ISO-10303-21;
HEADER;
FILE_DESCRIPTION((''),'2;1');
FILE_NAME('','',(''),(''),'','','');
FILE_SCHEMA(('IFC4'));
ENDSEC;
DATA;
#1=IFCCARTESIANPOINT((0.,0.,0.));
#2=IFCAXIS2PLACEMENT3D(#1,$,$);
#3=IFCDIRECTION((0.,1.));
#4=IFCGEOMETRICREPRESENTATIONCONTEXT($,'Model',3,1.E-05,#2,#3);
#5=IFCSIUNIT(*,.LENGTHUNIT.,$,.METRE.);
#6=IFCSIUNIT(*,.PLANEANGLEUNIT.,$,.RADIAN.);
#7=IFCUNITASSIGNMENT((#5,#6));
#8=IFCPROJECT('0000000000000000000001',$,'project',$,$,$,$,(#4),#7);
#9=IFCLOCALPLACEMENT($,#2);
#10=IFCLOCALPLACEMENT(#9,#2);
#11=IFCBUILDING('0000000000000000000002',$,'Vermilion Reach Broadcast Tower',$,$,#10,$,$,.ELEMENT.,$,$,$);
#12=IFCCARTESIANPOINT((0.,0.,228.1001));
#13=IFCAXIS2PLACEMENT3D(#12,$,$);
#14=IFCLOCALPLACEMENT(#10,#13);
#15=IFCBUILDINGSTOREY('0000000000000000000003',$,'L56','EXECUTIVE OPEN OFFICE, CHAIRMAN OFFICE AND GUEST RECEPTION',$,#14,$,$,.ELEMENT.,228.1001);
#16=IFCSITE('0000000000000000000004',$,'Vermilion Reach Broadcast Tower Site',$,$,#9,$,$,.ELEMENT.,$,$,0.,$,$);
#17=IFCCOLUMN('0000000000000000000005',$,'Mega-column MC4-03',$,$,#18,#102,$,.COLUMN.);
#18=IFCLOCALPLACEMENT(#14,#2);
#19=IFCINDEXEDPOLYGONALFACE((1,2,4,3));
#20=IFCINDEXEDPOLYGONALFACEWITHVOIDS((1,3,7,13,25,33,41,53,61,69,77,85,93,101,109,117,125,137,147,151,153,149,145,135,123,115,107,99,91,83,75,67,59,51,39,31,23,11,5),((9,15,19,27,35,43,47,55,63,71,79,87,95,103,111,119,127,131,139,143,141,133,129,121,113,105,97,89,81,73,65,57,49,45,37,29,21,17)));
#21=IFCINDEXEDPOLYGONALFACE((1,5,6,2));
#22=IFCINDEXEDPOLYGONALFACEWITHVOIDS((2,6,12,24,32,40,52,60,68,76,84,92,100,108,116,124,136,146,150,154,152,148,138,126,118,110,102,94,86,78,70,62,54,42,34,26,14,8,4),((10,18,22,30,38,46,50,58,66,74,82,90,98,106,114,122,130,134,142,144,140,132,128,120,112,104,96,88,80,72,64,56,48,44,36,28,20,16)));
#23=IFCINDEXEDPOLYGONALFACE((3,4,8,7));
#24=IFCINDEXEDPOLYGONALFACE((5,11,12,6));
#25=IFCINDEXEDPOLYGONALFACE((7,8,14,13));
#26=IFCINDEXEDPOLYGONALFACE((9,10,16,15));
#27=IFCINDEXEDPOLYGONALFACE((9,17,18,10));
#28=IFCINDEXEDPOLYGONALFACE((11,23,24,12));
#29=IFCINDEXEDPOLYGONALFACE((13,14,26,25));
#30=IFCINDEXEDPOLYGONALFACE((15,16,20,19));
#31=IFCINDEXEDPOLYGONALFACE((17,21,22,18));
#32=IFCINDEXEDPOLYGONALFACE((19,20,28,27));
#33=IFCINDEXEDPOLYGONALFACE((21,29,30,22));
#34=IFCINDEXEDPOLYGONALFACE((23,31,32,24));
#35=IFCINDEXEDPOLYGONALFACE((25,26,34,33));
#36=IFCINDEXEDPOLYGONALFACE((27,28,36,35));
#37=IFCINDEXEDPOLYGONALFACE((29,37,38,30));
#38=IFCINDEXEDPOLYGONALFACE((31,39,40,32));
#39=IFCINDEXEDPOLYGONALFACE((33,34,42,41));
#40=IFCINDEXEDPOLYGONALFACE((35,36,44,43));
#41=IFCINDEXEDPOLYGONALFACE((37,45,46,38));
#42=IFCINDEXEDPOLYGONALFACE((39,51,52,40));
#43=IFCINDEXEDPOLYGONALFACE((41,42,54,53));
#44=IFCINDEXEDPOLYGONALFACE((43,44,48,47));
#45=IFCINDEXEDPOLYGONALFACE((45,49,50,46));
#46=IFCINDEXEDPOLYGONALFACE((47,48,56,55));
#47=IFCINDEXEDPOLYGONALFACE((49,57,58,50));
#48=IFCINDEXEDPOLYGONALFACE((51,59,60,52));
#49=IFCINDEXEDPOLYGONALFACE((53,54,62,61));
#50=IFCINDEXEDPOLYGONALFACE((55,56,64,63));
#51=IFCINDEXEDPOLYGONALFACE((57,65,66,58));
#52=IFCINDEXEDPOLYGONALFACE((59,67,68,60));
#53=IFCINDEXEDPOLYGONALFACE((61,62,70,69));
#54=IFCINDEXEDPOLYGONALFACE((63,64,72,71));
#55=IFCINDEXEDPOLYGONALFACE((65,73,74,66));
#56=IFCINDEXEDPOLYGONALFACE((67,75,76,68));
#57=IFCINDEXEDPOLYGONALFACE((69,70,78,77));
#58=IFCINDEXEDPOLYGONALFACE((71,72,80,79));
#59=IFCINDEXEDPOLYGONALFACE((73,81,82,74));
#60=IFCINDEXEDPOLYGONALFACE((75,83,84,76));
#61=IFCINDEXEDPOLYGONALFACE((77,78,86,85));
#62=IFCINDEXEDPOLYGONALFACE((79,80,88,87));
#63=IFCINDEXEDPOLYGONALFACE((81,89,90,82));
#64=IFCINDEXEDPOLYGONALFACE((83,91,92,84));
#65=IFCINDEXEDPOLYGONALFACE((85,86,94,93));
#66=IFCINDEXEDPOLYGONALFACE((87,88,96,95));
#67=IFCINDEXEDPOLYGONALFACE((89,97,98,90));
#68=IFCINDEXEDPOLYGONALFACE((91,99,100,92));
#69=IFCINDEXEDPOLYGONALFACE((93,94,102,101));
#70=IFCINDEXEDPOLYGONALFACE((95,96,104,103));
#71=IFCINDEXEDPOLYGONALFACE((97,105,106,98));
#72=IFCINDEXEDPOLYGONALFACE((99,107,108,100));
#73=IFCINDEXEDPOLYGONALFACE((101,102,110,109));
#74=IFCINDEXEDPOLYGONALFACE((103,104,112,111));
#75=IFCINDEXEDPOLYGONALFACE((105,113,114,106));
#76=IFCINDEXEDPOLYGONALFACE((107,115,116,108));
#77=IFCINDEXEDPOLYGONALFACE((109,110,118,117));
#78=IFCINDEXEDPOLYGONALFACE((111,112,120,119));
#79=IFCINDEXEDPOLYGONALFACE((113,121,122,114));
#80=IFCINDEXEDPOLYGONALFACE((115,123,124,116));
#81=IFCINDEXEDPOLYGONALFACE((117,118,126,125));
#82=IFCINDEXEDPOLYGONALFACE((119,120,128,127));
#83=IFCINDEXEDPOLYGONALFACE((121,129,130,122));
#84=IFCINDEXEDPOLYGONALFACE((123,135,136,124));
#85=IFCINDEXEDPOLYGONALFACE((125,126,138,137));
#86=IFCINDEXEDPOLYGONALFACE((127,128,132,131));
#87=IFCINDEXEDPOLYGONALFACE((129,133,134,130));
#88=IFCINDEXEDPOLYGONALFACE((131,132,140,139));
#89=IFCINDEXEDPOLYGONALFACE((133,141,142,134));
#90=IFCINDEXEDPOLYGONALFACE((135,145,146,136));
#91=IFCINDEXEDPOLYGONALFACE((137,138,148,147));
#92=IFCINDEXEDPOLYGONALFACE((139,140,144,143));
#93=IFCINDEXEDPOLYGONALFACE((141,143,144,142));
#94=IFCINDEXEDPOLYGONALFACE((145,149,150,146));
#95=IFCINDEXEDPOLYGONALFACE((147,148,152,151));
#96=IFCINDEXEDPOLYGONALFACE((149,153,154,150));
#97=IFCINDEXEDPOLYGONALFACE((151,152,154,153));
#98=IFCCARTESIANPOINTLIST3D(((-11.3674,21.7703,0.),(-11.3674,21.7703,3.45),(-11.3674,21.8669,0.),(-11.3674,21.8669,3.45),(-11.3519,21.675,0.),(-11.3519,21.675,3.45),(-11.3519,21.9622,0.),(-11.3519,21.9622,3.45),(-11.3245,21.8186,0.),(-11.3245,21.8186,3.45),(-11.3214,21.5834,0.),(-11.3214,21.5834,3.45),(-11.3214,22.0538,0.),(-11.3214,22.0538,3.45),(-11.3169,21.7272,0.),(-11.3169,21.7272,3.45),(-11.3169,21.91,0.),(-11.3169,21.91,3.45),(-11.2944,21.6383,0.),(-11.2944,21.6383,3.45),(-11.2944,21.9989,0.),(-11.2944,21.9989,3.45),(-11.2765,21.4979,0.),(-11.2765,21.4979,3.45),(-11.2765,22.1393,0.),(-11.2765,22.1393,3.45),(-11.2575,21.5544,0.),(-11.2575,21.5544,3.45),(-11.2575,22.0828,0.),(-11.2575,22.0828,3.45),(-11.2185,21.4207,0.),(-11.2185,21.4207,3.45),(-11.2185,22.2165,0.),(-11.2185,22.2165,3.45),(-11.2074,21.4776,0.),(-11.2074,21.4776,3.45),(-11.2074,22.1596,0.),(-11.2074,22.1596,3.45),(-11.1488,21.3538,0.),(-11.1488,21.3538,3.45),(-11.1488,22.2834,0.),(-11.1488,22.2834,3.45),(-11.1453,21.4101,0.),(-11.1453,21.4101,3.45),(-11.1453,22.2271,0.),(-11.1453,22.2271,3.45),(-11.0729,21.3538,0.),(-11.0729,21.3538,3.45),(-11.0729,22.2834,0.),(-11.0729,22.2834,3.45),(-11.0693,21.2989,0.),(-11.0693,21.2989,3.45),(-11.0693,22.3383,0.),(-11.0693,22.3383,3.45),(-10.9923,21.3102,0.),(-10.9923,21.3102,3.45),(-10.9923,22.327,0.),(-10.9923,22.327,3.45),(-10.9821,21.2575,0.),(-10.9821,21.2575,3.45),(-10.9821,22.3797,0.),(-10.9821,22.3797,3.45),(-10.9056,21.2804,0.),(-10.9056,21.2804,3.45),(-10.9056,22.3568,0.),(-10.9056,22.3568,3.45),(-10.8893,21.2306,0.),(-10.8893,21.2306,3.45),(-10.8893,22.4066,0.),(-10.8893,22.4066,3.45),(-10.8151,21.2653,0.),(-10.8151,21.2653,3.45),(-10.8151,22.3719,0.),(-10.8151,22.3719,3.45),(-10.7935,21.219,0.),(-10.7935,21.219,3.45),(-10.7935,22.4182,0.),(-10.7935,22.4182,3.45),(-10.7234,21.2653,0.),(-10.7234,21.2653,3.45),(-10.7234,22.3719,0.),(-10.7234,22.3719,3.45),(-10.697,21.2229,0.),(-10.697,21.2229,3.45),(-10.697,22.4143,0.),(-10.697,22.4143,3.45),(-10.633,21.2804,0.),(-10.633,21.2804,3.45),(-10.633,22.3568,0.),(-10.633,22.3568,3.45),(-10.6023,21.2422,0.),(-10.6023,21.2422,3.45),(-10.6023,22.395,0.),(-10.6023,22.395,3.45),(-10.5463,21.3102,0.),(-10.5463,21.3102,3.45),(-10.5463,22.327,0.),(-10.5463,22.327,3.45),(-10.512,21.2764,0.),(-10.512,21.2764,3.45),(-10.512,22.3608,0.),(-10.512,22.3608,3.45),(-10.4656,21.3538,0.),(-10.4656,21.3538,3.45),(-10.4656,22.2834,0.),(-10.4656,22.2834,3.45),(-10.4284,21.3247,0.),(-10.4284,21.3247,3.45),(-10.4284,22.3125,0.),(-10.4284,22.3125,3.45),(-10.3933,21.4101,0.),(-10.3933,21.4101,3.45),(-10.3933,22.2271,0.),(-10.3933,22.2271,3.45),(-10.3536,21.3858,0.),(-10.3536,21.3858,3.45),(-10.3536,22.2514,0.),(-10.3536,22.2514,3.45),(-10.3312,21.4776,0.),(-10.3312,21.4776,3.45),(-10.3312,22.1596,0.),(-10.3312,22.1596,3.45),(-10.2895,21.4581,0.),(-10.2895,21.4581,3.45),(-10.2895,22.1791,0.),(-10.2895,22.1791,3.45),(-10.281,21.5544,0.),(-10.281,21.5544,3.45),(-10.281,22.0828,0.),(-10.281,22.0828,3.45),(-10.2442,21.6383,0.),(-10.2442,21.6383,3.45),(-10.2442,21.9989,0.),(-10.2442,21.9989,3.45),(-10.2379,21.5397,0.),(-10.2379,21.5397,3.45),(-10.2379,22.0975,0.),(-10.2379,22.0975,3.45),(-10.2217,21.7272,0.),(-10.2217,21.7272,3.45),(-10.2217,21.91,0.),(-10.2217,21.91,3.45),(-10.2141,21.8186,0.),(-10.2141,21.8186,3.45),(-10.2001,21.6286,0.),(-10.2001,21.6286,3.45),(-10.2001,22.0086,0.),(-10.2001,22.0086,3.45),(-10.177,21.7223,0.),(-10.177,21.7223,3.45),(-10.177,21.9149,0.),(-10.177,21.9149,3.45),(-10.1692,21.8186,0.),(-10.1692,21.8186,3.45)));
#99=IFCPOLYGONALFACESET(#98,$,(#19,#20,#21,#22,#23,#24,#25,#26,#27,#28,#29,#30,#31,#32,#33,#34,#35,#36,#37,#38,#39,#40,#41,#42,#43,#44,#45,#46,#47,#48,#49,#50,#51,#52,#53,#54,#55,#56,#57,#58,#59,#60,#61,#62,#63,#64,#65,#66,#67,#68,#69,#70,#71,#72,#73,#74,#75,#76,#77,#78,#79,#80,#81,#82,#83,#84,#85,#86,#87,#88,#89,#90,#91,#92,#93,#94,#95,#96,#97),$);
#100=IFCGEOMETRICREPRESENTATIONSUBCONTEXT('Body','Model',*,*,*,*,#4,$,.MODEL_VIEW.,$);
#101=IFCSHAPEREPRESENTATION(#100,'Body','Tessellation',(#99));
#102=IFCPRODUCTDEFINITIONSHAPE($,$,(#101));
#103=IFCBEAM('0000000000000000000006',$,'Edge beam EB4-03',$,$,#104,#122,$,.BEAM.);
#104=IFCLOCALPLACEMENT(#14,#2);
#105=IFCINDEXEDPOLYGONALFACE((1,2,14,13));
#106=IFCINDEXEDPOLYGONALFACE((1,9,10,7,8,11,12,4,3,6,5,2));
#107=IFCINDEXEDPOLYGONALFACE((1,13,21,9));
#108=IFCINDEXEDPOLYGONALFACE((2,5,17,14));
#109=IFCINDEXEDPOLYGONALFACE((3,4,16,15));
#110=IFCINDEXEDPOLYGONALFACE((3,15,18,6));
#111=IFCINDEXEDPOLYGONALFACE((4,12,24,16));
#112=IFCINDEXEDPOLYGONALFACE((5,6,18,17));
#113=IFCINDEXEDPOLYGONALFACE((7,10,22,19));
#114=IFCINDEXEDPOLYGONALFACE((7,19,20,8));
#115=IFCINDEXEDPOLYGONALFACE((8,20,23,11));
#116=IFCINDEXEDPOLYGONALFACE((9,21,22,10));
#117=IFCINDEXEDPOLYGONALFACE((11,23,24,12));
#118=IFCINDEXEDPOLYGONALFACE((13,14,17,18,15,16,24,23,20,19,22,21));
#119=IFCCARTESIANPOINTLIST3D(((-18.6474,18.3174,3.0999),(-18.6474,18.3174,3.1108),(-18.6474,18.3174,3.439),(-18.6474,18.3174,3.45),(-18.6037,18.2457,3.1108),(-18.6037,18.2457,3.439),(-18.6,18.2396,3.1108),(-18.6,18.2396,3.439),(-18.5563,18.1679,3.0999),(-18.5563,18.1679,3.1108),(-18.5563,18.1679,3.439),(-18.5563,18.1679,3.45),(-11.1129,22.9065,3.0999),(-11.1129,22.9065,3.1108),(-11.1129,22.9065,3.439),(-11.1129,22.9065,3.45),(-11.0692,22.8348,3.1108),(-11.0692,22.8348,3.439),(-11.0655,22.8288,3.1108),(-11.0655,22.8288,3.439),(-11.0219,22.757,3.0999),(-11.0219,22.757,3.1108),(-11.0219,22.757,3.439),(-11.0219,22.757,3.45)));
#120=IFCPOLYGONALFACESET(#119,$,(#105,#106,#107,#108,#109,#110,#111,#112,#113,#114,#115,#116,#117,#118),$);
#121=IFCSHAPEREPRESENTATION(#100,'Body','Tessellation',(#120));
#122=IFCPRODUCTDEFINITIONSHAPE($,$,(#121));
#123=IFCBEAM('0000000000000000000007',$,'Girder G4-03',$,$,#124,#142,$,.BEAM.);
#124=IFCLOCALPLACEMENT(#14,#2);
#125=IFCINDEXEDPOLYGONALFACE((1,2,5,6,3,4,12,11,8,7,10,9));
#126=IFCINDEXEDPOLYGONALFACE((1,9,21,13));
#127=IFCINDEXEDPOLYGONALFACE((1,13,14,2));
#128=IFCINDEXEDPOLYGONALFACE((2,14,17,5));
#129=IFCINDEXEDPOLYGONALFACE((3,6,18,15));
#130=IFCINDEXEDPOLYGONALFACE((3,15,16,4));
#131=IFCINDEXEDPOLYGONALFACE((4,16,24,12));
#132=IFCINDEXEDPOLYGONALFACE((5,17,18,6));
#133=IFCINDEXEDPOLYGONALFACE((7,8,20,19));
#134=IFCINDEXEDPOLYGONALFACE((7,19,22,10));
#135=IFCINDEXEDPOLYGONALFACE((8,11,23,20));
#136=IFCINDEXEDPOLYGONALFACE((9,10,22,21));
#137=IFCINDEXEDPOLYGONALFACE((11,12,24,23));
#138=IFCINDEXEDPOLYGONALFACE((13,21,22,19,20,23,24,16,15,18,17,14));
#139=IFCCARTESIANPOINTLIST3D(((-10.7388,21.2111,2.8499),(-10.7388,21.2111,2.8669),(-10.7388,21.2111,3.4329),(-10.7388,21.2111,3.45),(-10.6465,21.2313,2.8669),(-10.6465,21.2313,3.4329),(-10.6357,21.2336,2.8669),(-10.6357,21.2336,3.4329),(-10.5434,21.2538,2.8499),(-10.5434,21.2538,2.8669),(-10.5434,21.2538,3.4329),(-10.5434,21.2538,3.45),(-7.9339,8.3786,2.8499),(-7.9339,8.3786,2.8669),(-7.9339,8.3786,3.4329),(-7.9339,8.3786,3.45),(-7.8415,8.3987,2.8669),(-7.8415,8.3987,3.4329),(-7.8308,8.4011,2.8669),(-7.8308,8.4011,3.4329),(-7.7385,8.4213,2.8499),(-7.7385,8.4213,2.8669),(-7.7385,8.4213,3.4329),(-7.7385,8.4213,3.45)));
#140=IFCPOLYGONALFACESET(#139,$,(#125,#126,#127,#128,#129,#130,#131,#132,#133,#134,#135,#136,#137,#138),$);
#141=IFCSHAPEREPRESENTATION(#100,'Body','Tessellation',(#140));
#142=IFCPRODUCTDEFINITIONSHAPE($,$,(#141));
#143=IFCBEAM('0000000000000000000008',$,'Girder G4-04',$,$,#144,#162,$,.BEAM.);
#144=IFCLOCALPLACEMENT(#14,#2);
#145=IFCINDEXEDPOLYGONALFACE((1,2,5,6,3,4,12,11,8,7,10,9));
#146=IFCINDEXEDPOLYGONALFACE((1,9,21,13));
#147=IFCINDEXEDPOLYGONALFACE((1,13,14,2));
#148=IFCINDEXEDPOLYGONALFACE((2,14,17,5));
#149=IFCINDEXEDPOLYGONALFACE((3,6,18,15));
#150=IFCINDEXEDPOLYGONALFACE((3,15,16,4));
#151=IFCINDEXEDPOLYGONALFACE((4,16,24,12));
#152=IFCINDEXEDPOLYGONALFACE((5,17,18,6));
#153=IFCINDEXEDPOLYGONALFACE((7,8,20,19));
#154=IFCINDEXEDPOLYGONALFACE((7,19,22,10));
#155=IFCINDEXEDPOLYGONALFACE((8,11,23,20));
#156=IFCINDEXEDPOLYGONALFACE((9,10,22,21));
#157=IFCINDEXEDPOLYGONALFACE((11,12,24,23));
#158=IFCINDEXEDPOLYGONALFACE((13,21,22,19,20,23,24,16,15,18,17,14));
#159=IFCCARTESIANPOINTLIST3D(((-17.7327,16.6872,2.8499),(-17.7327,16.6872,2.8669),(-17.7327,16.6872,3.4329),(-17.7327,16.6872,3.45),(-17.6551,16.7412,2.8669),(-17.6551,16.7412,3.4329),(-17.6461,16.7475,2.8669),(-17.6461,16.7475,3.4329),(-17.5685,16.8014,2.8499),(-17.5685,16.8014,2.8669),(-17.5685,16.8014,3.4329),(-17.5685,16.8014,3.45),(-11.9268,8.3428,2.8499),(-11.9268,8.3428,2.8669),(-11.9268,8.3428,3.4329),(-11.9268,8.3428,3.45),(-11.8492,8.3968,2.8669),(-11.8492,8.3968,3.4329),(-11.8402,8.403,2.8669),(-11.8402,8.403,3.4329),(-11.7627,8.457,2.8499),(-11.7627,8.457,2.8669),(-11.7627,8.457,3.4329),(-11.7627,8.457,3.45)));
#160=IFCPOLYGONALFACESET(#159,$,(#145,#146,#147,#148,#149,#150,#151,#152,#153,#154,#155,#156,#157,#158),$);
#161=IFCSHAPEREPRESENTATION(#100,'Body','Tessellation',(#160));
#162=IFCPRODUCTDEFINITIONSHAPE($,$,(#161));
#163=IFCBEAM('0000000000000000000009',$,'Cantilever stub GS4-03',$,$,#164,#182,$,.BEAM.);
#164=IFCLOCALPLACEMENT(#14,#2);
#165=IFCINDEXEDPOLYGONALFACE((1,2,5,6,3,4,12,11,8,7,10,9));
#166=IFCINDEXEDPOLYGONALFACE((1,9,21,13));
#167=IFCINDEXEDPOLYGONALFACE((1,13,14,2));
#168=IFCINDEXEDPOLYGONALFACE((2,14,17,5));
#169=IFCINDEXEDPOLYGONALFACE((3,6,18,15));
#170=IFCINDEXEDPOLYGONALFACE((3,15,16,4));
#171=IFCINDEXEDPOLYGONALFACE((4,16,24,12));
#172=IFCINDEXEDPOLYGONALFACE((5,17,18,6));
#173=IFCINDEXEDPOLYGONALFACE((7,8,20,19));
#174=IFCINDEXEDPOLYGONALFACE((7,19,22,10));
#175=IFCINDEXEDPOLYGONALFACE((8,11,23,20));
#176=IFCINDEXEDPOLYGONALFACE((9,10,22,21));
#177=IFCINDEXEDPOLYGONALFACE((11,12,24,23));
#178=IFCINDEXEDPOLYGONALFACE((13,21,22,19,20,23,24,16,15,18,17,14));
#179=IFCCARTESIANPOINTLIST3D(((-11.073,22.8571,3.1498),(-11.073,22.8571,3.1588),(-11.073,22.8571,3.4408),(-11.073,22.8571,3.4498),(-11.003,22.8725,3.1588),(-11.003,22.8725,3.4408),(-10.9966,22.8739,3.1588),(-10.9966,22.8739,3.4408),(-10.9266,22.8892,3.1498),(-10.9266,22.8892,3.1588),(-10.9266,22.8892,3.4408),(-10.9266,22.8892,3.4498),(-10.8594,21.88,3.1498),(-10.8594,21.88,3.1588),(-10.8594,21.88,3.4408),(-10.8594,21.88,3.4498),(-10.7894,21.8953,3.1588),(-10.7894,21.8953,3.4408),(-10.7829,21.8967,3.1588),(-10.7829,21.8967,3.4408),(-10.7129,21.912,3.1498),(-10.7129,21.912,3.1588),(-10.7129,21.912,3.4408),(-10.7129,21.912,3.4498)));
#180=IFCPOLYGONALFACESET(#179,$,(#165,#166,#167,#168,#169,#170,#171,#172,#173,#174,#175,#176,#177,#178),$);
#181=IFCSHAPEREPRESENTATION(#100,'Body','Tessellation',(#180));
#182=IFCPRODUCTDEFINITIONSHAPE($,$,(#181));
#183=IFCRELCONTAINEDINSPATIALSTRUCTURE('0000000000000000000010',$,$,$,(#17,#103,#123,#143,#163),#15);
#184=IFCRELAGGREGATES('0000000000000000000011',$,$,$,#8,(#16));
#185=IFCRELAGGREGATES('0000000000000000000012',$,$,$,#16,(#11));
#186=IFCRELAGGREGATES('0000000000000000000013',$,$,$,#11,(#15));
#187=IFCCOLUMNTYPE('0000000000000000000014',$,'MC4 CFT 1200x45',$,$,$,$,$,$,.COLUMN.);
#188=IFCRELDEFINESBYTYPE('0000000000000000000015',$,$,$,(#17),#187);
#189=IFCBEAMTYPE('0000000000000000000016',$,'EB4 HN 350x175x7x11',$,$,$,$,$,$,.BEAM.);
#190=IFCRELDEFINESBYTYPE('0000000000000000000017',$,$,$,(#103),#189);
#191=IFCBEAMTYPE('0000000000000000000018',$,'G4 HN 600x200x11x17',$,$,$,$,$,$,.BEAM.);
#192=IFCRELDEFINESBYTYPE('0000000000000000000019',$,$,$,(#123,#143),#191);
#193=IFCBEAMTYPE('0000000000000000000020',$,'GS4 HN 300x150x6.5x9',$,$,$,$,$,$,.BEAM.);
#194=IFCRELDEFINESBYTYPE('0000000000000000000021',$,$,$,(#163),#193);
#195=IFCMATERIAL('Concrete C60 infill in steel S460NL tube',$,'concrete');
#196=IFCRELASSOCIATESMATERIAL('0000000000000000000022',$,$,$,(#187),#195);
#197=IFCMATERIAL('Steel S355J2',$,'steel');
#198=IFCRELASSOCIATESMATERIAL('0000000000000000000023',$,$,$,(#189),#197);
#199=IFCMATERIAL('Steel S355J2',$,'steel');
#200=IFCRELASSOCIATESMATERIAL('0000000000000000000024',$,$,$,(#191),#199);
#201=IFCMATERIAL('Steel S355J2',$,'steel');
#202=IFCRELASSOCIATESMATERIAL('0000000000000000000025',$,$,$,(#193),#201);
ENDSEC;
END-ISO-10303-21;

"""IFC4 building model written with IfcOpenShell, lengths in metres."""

from ifc_helpers import new_model, si_unit, direction, frame, origin, origin_2d, place, context, subcontext, project, spatial, hollow_circle, i_section, extrude, material, material_profile, profile_set, type_object, element, save


model = new_model("IFC4")

# Units and contexts
model_context = context("Model", 3, precision=1e-05, world=origin(), true_north=direction((0.0, 1.0)))
body_context = subcontext(model_context, "Body", "Model", "MODEL_VIEW")
ifc_project = project(units=[si_unit("LENGTHUNIT", "METRE"), si_unit("PLANEANGLEUNIT", "RADIAN")], contexts=[model_context])

# Site, building, storey
site_placement = place(None, origin())
site = spatial("IfcSite", under=ifc_project, at=site_placement, Name="Vermilion Reach Broadcast Tower Site", CompositionType="ELEMENT", RefElevation=0.0)
building_placement = place(site_placement, origin())
building = spatial("IfcBuilding", under=site, at=building_placement, Name="Vermilion Reach Broadcast Tower", CompositionType="ELEMENT")
storey_placement = place(building_placement, frame((0.0, 0.0, 228.1001)))
storey = spatial("IfcBuildingStorey", under=building, at=storey_placement, Name="L56", Description="EXECUTIVE OPEN OFFICE, CHAIRMAN OFFICE AND GUEST RECEPTION", CompositionType="ELEMENT", Elevation=228.1001)

# Column
ifc_material_1 = material(Name="Concrete C60 infill in steel S460NL tube", Category="concrete")
ifc_material_profile_1 = material_profile(ifc_material_1, hollow_circle(Radius=0.6001, WallThickness=0.0449, at=origin_2d()), Name="Concrete C60 infill in steel S460NL tube CFT 1200x45")
ifc_profile_set_1 = profile_set([ifc_material_profile_1], Name="Concrete C60 infill in steel S460NL tube")
column_type = type_object("IfcColumnType", Name="MC4 CFT 1200x45", PredefinedType="COLUMN", material=ifc_profile_set_1)
column_placement = place(storey_placement, frame((-10.7693, 21.8186, 0.0), z_axis=(0.0, 0.0, 1.0), x_axis=(1.0, 0.0, 0.0)))
element("IfcColumn", 1, at=column_placement, inside=storey, type_object=column_type, Name="Mega-column MC4-03", PredefinedType="COLUMN", context=body_context, shape_type="SweptSolid", body=[
    extrude(hollow_circle(Radius=0.6001, WallThickness=0.0449, at=origin_2d()), origin(), (0.0, 0.0, 1.0), 3.45),
])

# Beams
ifc_material_2 = material(Name="Steel S355J2", Category="steel")
ifc_material_profile_2 = material_profile(ifc_material_2, i_section(OverallWidth=0.175, OverallDepth=0.3501, WebThickness=0.0071, FlangeThickness=0.011, at=origin_2d()), Name="S355J2 HN 350x175x7x11")
ifc_profile_set_2 = profile_set([ifc_material_profile_2], Name="Steel S355J2")
beam_type_1 = type_object("IfcBeamType", Name="EB4 HN 350x175x7x11", PredefinedType="BEAM", material=ifc_profile_set_2)
beam_1_placement = place(storey_placement, frame((-11.0674, 22.8318, 3.2749), z_axis=(-0.85405, -0.52019, 0.0), x_axis=(0.52019, -0.85405, 0.0)))
element("IfcBeam", 2, at=beam_1_placement, inside=storey, type_object=beam_type_1, Name="Edge beam EB4-03", PredefinedType="BEAM", context=body_context, shape_type="SweptSolid", body=[
    extrude(i_section(OverallWidth=0.175, OverallDepth=0.3501, WebThickness=0.0071, FlangeThickness=0.011, at=origin_2d()), origin(), (0.0, 0.0, 1.0), 8.822),
])
ifc_material_3 = material(Name="Steel S355J2", Category="steel")
ifc_material_profile_3 = material_profile(ifc_material_3, i_section(OverallWidth=0.2, OverallDepth=0.6001, WebThickness=0.011, FlangeThickness=0.0171, at=origin_2d()), Name="S355J2 HN 600x200x11x17")
ifc_profile_set_3 = profile_set([ifc_material_profile_3], Name="Steel S355J2")
beam_type_2 = type_object("IfcBeamType", Name="G4 HN 600x200x11x17", PredefinedType="BEAM", material=ifc_profile_set_3)
beam_2_placement = place(storey_placement, frame((-7.8362, 8.3999, 3.1499), z_axis=(-0.213538, 0.976935, 0.0), x_axis=(-0.976935, -0.213538, 0.0)))
element("IfcBeam", 3, at=beam_2_placement, inside=storey, type_object=beam_type_2, Name="Girder G4-03", PredefinedType="BEAM", context=body_context, shape_type="SweptSolid", body=[
    extrude(i_section(OverallWidth=0.2, OverallDepth=0.6001, WebThickness=0.011, FlangeThickness=0.0171, at=origin_2d()), origin(), (0.0, 0.0, 1.0), 13.1355),
])
beam_3_placement = place(storey_placement, frame((-11.8447, 8.3999, 3.1499), z_axis=(-0.571134, 0.820857, 0.0), x_axis=(-0.820857, -0.571134, 0.0)))
element("IfcBeam", 4, at=beam_3_placement, inside=storey, type_object=beam_type_2, Name="Girder G4-04", PredefinedType="BEAM", context=body_context, shape_type="SweptSolid", body=[
    extrude(i_section(OverallWidth=0.2, OverallDepth=0.6001, WebThickness=0.011, FlangeThickness=0.0171, at=origin_2d()), origin(), (0.0, 0.0, 1.0), 10.1655),
])
ifc_material_4 = material(Name="Steel S355J2", Category="steel")
ifc_material_profile_4 = material_profile(ifc_material_4, i_section(OverallWidth=0.1499, OverallDepth=0.3, WebThickness=0.0066, FlangeThickness=0.009, at=origin_2d()), Name="S355J2 HN 300x150x6.5x9")
ifc_profile_set_4 = profile_set([ifc_material_profile_4], Name="Steel S355J2")
beam_type_3 = type_object("IfcBeamType", Name="GS4 HN 300x150x6.5x9", PredefinedType="BEAM", material=ifc_profile_set_4)
beam_4_placement = place(storey_placement, frame((-10.7861, 21.896, 3.2998), z_axis=(-0.213595, 0.976922, 0.0), x_axis=(-0.976922, -0.213595, 0.0)))
element("IfcBeam", 5, at=beam_4_placement, inside=storey, type_object=beam_type_3, Name="Cantilever stub GS4-03", PredefinedType="BEAM", context=body_context, shape_type="SweptSolid", body=[
    extrude(i_section(OverallWidth=0.1499, OverallDepth=0.3, WebThickness=0.0066, FlangeThickness=0.009, at=origin_2d()), origin(), (0.0, 0.0, 1.0), 1.0002),
])

save(model, "model.ifc")
